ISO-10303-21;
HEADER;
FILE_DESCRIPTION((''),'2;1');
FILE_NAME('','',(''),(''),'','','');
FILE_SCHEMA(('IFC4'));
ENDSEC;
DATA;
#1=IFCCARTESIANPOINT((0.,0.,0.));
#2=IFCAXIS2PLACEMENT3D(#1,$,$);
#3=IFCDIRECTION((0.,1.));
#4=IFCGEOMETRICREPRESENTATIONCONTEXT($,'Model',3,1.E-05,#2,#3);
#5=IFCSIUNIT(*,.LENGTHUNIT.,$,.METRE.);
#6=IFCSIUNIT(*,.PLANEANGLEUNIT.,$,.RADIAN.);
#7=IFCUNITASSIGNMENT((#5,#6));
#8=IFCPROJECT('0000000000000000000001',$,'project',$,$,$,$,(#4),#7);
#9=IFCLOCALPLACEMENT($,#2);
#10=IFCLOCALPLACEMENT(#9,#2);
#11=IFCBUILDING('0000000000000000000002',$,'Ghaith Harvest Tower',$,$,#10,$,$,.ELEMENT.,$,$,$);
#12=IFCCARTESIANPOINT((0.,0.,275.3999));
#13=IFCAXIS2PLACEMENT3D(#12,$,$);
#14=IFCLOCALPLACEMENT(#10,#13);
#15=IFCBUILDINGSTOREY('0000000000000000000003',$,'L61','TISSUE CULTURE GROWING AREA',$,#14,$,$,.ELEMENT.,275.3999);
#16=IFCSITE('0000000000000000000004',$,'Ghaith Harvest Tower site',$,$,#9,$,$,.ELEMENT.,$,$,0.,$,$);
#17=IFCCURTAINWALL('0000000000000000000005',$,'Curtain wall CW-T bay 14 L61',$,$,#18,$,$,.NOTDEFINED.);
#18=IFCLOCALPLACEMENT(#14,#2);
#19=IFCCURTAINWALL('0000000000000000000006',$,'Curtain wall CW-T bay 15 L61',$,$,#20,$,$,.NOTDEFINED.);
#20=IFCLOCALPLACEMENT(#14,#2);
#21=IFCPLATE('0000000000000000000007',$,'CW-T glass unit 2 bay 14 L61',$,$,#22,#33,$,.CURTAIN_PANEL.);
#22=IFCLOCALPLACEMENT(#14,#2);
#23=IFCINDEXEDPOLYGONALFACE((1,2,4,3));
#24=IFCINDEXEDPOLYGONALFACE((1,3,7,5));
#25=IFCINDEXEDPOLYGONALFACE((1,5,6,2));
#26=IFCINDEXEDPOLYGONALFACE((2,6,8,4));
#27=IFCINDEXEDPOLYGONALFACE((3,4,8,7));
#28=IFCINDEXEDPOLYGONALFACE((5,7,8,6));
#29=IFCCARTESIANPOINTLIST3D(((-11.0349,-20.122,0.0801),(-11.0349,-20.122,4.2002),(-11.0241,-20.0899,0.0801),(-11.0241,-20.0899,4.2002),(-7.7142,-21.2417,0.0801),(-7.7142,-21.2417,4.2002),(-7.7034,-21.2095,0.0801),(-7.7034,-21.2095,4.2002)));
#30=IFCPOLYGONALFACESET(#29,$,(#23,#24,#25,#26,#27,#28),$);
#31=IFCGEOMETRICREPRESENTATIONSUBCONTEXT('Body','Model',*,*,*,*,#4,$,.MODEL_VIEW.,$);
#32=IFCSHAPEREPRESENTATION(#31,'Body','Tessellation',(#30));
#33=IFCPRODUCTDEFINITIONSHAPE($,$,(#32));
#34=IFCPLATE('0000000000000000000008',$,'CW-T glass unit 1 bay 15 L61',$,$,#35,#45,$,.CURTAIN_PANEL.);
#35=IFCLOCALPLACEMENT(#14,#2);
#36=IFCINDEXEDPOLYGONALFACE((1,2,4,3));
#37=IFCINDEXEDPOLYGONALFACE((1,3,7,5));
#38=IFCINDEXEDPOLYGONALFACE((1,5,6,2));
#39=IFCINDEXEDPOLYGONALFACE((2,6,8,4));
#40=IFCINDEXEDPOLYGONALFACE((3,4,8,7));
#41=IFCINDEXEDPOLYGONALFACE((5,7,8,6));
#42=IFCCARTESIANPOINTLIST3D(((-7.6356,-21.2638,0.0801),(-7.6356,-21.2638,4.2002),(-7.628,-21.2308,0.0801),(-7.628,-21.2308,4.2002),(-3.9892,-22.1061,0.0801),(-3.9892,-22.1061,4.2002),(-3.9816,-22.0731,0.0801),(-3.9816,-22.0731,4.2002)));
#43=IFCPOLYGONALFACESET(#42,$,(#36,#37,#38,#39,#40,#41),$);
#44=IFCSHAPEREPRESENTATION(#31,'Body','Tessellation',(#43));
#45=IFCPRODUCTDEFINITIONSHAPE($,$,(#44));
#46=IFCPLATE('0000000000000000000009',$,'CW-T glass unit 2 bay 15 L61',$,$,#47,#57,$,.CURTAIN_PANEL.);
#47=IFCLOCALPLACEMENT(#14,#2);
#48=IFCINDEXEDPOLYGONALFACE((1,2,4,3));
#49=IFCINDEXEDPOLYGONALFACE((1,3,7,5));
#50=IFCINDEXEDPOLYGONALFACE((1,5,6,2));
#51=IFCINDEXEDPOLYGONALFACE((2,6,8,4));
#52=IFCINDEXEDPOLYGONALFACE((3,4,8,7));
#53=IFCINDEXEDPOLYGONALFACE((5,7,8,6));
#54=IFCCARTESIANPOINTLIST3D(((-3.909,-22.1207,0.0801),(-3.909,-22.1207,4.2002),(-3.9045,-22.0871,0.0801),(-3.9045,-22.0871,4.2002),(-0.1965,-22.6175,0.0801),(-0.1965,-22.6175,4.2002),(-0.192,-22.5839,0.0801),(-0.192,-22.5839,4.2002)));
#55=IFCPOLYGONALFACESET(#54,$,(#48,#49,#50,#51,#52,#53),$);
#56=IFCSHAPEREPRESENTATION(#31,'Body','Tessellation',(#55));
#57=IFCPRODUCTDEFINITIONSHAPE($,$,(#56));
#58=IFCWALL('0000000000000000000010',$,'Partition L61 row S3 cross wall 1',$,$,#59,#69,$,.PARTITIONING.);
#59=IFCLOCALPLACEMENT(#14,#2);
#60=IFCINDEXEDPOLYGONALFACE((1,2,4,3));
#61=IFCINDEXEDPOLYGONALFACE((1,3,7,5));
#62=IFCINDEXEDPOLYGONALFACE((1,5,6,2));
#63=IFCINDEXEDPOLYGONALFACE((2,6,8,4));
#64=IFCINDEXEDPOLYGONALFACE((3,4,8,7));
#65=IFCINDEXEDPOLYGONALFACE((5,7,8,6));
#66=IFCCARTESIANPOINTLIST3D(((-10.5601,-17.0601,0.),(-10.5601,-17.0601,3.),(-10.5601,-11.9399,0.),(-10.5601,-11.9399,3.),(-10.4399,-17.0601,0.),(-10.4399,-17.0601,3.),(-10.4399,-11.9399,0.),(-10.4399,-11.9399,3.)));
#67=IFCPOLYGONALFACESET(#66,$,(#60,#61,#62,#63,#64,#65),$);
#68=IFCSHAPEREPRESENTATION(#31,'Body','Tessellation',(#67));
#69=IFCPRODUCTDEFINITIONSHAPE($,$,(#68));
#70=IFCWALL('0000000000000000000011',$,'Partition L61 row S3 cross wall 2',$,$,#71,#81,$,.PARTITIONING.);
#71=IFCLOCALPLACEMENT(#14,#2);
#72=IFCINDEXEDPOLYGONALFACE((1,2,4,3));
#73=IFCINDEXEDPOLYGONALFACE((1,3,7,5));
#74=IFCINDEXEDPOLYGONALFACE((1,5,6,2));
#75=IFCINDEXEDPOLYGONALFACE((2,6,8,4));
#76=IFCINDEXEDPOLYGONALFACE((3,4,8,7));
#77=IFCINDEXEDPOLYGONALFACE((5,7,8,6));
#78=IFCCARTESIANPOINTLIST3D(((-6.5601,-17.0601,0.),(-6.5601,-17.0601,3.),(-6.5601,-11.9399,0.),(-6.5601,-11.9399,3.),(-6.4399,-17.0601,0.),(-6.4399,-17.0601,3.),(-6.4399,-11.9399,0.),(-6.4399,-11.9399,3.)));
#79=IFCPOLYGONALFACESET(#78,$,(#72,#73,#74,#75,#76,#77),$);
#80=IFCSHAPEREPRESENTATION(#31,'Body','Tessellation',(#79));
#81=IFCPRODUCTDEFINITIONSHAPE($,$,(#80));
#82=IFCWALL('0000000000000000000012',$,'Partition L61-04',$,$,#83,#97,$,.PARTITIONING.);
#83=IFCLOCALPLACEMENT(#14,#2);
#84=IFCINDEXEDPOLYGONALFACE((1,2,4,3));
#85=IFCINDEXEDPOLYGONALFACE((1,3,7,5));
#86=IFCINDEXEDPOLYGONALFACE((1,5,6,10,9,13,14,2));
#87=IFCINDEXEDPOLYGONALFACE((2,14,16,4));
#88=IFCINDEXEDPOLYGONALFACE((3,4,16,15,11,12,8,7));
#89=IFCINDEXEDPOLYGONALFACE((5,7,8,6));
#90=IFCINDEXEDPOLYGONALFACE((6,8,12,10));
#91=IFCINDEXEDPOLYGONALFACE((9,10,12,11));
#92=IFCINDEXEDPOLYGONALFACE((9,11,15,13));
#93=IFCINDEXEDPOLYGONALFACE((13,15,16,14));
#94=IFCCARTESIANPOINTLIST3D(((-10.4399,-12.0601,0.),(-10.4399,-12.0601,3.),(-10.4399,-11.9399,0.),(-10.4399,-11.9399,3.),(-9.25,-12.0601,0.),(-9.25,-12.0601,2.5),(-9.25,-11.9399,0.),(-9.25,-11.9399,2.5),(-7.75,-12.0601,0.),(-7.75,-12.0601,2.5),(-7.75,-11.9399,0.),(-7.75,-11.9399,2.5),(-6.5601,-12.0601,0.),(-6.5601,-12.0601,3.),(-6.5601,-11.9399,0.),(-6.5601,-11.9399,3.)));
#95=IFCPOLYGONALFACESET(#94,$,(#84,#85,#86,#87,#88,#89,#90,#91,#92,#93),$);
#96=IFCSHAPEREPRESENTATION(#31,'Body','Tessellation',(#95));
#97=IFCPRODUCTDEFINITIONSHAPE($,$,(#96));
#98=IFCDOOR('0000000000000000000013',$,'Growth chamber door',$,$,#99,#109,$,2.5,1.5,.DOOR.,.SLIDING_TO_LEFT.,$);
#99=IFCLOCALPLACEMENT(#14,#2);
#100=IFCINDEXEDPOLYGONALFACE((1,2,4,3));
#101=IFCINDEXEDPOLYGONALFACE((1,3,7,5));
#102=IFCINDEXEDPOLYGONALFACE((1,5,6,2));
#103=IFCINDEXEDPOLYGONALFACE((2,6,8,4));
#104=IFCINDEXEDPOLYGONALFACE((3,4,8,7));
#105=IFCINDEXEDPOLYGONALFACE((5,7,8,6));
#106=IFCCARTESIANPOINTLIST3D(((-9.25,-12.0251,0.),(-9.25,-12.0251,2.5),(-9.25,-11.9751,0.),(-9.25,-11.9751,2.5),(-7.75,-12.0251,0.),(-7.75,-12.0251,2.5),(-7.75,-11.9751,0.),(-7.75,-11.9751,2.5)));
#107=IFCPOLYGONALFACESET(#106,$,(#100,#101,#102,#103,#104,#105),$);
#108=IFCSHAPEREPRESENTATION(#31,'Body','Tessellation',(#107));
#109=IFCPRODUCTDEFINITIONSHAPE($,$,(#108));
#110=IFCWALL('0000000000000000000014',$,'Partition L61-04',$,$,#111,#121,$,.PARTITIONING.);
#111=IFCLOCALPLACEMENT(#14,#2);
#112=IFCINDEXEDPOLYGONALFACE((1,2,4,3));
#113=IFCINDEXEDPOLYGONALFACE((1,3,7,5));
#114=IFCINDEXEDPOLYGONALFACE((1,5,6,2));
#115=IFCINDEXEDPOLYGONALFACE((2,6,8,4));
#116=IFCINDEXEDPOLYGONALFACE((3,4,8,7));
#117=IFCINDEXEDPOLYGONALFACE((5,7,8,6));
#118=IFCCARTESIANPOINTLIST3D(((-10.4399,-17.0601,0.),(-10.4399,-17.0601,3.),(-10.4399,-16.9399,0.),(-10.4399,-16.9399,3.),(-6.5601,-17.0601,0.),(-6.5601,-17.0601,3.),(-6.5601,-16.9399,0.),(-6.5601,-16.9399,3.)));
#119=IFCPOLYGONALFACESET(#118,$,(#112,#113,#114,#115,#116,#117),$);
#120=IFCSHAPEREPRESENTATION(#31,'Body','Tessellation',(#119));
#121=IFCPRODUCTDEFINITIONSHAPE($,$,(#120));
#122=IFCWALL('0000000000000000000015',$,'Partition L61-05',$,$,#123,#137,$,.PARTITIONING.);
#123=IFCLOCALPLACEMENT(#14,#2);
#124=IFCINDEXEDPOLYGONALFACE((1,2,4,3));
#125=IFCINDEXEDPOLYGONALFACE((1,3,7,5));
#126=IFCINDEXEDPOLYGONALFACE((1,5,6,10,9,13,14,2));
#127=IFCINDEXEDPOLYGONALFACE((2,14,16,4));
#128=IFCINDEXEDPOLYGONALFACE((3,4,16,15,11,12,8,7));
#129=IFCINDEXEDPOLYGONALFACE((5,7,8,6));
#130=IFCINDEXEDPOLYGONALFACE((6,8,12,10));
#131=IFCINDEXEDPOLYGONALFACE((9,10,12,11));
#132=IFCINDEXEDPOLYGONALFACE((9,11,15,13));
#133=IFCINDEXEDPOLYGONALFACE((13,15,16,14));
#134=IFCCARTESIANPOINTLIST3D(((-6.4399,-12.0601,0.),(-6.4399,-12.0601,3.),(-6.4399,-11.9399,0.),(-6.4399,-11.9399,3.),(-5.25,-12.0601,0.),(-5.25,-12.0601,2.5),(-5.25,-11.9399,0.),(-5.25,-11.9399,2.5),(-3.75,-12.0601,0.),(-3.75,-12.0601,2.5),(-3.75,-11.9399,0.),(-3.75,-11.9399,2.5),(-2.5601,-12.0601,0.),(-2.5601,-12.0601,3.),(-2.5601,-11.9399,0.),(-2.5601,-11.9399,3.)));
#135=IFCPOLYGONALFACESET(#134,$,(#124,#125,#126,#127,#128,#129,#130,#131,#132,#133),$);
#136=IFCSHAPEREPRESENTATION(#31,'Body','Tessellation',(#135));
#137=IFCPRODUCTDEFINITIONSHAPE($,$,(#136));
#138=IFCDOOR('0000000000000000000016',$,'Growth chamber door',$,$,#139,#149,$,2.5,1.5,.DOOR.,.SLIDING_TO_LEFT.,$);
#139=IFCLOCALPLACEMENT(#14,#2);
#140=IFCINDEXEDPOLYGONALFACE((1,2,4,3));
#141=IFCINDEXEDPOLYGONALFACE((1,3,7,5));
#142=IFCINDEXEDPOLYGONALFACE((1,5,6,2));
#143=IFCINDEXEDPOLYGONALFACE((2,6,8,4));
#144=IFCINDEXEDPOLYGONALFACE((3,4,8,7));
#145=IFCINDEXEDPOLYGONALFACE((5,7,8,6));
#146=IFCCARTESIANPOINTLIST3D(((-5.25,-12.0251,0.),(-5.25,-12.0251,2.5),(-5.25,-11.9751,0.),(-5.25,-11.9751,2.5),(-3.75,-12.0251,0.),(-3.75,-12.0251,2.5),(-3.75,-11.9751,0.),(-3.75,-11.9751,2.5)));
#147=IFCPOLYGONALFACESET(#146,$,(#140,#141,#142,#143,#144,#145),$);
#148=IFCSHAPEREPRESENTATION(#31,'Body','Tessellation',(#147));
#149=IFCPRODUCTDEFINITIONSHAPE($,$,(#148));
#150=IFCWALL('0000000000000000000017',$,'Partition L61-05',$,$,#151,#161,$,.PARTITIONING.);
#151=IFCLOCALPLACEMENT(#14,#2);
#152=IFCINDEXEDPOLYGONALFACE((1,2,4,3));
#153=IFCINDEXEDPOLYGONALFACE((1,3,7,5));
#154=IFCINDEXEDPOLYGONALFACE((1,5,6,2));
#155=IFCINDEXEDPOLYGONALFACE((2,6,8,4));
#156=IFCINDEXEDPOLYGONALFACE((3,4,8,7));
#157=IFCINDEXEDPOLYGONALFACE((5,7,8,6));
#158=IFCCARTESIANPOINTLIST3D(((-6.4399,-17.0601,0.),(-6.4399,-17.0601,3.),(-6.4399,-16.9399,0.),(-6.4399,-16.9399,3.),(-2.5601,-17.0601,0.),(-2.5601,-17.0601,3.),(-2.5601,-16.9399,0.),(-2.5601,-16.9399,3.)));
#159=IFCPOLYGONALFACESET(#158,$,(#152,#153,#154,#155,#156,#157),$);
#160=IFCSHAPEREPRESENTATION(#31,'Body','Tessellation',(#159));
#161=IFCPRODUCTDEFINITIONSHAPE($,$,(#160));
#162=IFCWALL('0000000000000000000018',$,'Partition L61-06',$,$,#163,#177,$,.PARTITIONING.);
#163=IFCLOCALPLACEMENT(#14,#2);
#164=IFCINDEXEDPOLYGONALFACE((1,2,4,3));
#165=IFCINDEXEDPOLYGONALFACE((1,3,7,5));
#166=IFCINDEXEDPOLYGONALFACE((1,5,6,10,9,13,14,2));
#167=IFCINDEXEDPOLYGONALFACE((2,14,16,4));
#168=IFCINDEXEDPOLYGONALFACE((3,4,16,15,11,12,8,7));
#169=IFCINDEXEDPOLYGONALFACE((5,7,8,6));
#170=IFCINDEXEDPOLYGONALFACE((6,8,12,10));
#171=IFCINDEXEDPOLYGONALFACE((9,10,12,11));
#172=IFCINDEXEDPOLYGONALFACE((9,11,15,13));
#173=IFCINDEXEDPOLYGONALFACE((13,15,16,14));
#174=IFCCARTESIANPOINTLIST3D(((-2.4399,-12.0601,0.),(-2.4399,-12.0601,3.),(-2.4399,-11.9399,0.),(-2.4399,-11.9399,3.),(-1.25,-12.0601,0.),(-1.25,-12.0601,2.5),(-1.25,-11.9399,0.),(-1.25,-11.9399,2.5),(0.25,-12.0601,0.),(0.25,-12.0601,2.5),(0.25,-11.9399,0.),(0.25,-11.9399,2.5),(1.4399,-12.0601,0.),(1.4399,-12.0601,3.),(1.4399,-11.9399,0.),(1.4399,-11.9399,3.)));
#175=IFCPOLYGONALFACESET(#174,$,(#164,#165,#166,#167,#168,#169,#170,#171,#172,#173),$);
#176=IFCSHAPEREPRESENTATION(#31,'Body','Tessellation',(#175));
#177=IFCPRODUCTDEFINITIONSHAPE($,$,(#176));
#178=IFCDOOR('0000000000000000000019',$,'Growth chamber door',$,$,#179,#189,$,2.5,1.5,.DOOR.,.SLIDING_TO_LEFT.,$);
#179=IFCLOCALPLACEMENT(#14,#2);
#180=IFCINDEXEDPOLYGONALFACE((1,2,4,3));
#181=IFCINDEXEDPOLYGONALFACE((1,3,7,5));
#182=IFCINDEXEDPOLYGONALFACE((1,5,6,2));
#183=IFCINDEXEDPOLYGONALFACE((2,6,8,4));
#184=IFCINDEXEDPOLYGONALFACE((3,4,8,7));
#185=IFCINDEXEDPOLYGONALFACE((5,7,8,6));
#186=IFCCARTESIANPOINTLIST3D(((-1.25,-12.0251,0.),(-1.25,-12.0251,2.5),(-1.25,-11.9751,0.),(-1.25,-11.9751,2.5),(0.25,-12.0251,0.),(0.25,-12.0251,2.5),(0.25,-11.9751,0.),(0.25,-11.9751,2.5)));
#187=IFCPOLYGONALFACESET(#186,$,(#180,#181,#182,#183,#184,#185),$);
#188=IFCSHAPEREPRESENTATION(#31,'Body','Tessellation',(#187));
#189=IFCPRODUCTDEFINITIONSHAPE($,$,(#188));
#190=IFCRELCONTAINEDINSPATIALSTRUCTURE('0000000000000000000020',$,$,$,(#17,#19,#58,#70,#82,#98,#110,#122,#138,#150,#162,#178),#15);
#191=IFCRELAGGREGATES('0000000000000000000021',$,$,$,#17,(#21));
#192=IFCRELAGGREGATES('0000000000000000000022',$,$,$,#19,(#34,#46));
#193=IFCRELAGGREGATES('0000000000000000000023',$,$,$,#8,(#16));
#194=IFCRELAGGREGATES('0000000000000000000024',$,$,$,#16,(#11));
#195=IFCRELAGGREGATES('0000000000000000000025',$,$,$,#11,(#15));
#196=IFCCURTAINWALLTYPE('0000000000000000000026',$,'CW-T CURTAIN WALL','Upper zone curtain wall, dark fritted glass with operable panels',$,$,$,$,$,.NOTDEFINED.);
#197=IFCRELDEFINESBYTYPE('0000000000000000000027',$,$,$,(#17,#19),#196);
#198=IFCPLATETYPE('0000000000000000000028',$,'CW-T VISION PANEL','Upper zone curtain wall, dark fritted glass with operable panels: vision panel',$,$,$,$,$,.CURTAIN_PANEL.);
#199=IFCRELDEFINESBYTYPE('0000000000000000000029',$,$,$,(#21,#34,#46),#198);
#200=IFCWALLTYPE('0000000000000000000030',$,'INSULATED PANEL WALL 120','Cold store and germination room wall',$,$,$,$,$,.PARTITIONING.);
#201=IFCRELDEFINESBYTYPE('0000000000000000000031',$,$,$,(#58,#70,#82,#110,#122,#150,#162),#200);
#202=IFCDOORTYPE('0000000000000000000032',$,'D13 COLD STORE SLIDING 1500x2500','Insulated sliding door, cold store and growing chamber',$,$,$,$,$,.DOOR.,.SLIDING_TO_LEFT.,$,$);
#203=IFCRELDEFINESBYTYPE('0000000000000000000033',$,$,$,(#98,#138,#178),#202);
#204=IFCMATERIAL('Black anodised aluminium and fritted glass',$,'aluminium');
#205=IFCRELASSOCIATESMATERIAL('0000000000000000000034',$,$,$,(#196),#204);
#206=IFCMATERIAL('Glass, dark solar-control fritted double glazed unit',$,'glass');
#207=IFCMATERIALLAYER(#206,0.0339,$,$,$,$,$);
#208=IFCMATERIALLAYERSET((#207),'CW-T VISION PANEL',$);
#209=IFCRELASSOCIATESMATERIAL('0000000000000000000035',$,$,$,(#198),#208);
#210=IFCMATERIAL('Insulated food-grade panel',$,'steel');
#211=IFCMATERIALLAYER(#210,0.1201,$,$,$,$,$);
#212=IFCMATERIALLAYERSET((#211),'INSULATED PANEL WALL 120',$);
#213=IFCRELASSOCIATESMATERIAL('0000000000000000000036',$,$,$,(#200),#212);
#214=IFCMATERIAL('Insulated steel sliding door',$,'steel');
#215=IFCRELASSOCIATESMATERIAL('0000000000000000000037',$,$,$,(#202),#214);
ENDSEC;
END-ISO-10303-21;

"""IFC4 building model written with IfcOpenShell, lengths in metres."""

from ifc_helpers import new_model, si_unit, direction, frame, frame_2d, origin, origin_2d, place, context, subcontext, project, spatial, rectangle, extrude, material, layer, layer_set, type_object, element, fill, aggregate, save


model = new_model("IFC4")

# Units and contexts
model_context = context("Model", 3, precision=1e-05, world=origin(), true_north=direction((0.0, 1.0)))
body_context = subcontext(model_context, "Body", "Model", "MODEL_VIEW")
ifc_project = project(units=[si_unit("LENGTHUNIT", "METRE"), si_unit("PLANEANGLEUNIT", "RADIAN")], contexts=[model_context])

# Site, building, storey
site_placement = place(None, origin())
site = spatial("IfcSite", under=ifc_project, at=site_placement, Name="Ghaith Harvest Tower site", CompositionType="ELEMENT", RefElevation=0.0)
building_placement = place(site_placement, origin())
building = spatial("IfcBuilding", under=site, at=building_placement, Name="Ghaith Harvest Tower", CompositionType="ELEMENT")
storey_placement = place(building_placement, frame((0.0, 0.0, 275.3999)))
storey = spatial("IfcBuildingStorey", under=building, at=storey_placement, Name="L61", Description="TISSUE CULTURE GROWING AREA", CompositionType="ELEMENT", Elevation=275.3999)

# Curtain wall
ifc_material_1 = material(Name="Black anodised aluminium and fritted glass", Category="aluminium")
curtain_wall_type = type_object("IfcCurtainWallType", Name="CW-T CURTAIN WALL", Description="Upper zone curtain wall, dark fritted glass with operable panels", PredefinedType="NOTDEFINED", material=ifc_material_1)
curtain_wall_1_placement = place(storey_placement, origin())
curtain_wall_1 = element("IfcCurtainWall", 1, at=curtain_wall_1_placement, inside=storey, type_object=curtain_wall_type, Name="Curtain wall CW-T bay 14 L61", PredefinedType="NOTDEFINED")

# Curtain wall
curtain_wall_2_placement = place(storey_placement, origin())
curtain_wall_2 = element("IfcCurtainWall", 2, at=curtain_wall_2_placement, inside=storey, type_object=curtain_wall_type, Name="Curtain wall CW-T bay 15 L61", PredefinedType="NOTDEFINED")

# Plates
ifc_material_2 = material(Name="Glass, dark solar-control fritted double glazed unit", Category="glass")
ifc_layer_1 = layer(ifc_material_2, 0.0339)
ifc_layer_set_1 = layer_set([ifc_layer_1], Name="CW-T VISION PANEL")
plate_type = type_object("IfcPlateType", Name="CW-T VISION PANEL", Description="Upper zone curtain wall, dark fritted glass with operable panels: vision panel", PredefinedType="CURTAIN_PANEL", material=ifc_layer_set_1)
plate_1_placement = place(storey_placement, frame((-9.3691, -20.6658, 0.0801), z_axis=(0.0, 0.0, 1.0), x_axis=(0.947586, -0.3195, 0.0)))
plate_1 = element("IfcPlate", 3, at=plate_1_placement, type_object=plate_type, Name="CW-T glass unit 2 bay 14 L61", PredefinedType="CURTAIN_PANEL", context=body_context, shape_type="SweptSolid", body=[
    extrude(rectangle(XDim=3.5044, YDim=0.0339, at=origin_2d()), origin(), (0.0, 0.0, 1.0), 4.1201),
])
aggregate(curtain_wall_1, [plate_1])
plate_2_placement = place(storey_placement, frame((-5.8086, -21.6685, 0.0801), z_axis=(0.0, 0.0, 1.0), x_axis=(0.974342, -0.225072, 0.0)))
plate_2 = element("IfcPlate", 4, at=plate_2_placement, type_object=plate_type, Name="CW-T glass unit 1 bay 15 L61", PredefinedType="CURTAIN_PANEL", context=body_context, shape_type="SweptSolid", body=[
    extrude(rectangle(XDim=3.7424, YDim=0.0339, at=origin_2d()), origin(), (0.0, 0.0, 1.0), 4.1201),
])
plate_3_placement = place(storey_placement, frame((-2.0505, -22.3523, 0.0801), z_axis=(0.0, 0.0, 1.0), x_axis=(0.991165, -0.132633, 0.0)))
plate_3 = element("IfcPlate", 5, at=plate_3_placement, type_object=plate_type, Name="CW-T glass unit 2 bay 15 L61", PredefinedType="CURTAIN_PANEL", context=body_context, shape_type="SweptSolid", body=[
    extrude(rectangle(XDim=3.7456, YDim=0.0339, at=origin_2d()), origin(), (0.0, 0.0, 1.0), 4.1201),
])
aggregate(curtain_wall_2, [plate_2, plate_3])

# Walls
ifc_material_3 = material(Name="Insulated food-grade panel", Category="steel")
ifc_layer_2 = layer(ifc_material_3, 0.1201)
ifc_layer_set_2 = layer_set([ifc_layer_2], Name="INSULATED PANEL WALL 120")
wall_type = type_object("IfcWallType", Name="INSULATED PANEL WALL 120", Description="Cold store and germination room wall", PredefinedType="PARTITIONING", material=ifc_layer_set_2)
for number, where, z_axis, x_axis, name in (
    (6, (-10.5, -11.9399, 0.0), (0.0, 0.0, 1.0), (0.0, -1.0, 0.0), "Partition L61 row S3 cross wall 1"),
    (7, (-6.5, -11.9399, 0.0), (0.0, 0.0, 1.0), (0.0, -1.0, 0.0), "Partition L61 row S3 cross wall 2"),
):
    element("IfcWall", number, at=place(storey_placement, frame(where, z_axis=z_axis, x_axis=x_axis)), inside=storey, type_object=wall_type, Name=name, PredefinedType="PARTITIONING", context=body_context, shape_type="SweptSolid", body=[
        extrude(rectangle(XDim=5.1201, YDim=0.1201, at=frame_2d((2.5601, 0.0))), origin(), (0.0, 0.0, 1.0), 3.0),
    ])

# Wall, opening, door
wall_1_placement = place(storey_placement, frame((-10.4399, -12.0, 0.0), z_axis=(0.0, 0.0, 1.0), x_axis=(1.0, 0.0, 0.0)))
wall_1 = element("IfcWall", 8, at=wall_1_placement, inside=storey, type_object=wall_type, Name="Partition L61-04", PredefinedType="PARTITIONING", context=body_context, shape_type="SweptSolid", body=[
    extrude(rectangle(XDim=3.8799, YDim=0.1201, at=frame_2d((1.9399, 0.0))), origin(), (0.0, 0.0, 1.0), 3.0),
])
opening_1_placement = place(wall_1_placement, frame((1.1899, 0.0, 0.0)))
opening_1 = element("IfcOpeningElement", 9, at=opening_1_placement, cuts=wall_1, PredefinedType="OPENING", context=body_context, shape_type="SweptSolid", body=[
    extrude(rectangle(XDim=1.5, YDim=2.5, at=frame_2d((0.75, 1.25))), frame((0.0, 0.0701, 0.0), z_axis=(0.0, -1.0, 0.0), x_axis=(1.0, 0.0, 0.0)), (0.0, 0.0, 1.0), 0.1401),
])
ifc_material_4 = material(Name="Insulated steel sliding door", Category="steel")
door_type = type_object("IfcDoorType", Name="D13 COLD STORE SLIDING 1500x2500", Description="Insulated sliding door, cold store and growing chamber", OperationType="SLIDING_TO_LEFT", PredefinedType="DOOR", material=ifc_material_4)
door_1_placement = place(opening_1_placement, origin())
door_1 = element("IfcDoor", 10, at=door_1_placement, inside=storey, type_object=door_type, Name="Growth chamber door", OperationType="SLIDING_TO_LEFT", OverallHeight=2.5, OverallWidth=1.5, PredefinedType="DOOR", context=body_context, shape_type="SweptSolid", body=[
    extrude(rectangle(XDim=1.5, YDim=2.5, at=frame_2d((0.75, 1.25))), frame((0.0, 0.0249, 0.0), z_axis=(0.0, -1.0, 0.0), x_axis=(1.0, 0.0, 0.0)), (0.0, 0.0, 1.0), 0.05),
])
fill(opening_1, door_1)

# Wall
wall_2_placement = place(storey_placement, frame((-10.4399, -17.0, 0.0), z_axis=(0.0, 0.0, 1.0), x_axis=(1.0, 0.0, 0.0)))
element("IfcWall", 11, at=wall_2_placement, inside=storey, type_object=wall_type, Name="Partition L61-04", PredefinedType="PARTITIONING", context=body_context, shape_type="SweptSolid", body=[
    extrude(rectangle(XDim=3.8799, YDim=0.1201, at=frame_2d((1.9399, 0.0))), origin(), (0.0, 0.0, 1.0), 3.0),
])

# Wall, opening, door
wall_3_placement = place(storey_placement, frame((-6.4399, -12.0, 0.0), z_axis=(0.0, 0.0, 1.0), x_axis=(1.0, 0.0, 0.0)))
wall_3 = element("IfcWall", 12, at=wall_3_placement, inside=storey, type_object=wall_type, Name="Partition L61-05", PredefinedType="PARTITIONING", context=body_context, shape_type="SweptSolid", body=[
    extrude(rectangle(XDim=3.8799, YDim=0.1201, at=frame_2d((1.9399, 0.0))), origin(), (0.0, 0.0, 1.0), 3.0),
])
opening_2_placement = place(wall_3_placement, frame((1.1899, 0.0, 0.0)))
opening_2 = element("IfcOpeningElement", 13, at=opening_2_placement, cuts=wall_3, PredefinedType="OPENING", context=body_context, shape_type="SweptSolid", body=[
    extrude(rectangle(XDim=1.5, YDim=2.5, at=frame_2d((0.75, 1.25))), frame((0.0, 0.0701, 0.0), z_axis=(0.0, -1.0, 0.0), x_axis=(1.0, 0.0, 0.0)), (0.0, 0.0, 1.0), 0.1401),
])
door_2_placement = place(opening_2_placement, origin())
door_2 = element("IfcDoor", 14, at=door_2_placement, inside=storey, type_object=door_type, Name="Growth chamber door", OperationType="SLIDING_TO_LEFT", OverallHeight=2.5, OverallWidth=1.5, PredefinedType="DOOR", context=body_context, shape_type="SweptSolid", body=[
    extrude(rectangle(XDim=1.5, YDim=2.5, at=frame_2d((0.75, 1.25))), frame((0.0, 0.0249, 0.0), z_axis=(0.0, -1.0, 0.0), x_axis=(1.0, 0.0, 0.0)), (0.0, 0.0, 1.0), 0.05),
])
fill(opening_2, door_2)

# Wall
wall_4_placement = place(storey_placement, frame((-6.4399, -17.0, 0.0), z_axis=(0.0, 0.0, 1.0), x_axis=(1.0, 0.0, 0.0)))
element("IfcWall", 15, at=wall_4_placement, inside=storey, type_object=wall_type, Name="Partition L61-05", PredefinedType="PARTITIONING", context=body_context, shape_type="SweptSolid", body=[
    extrude(rectangle(XDim=3.8799, YDim=0.1201, at=frame_2d((1.9399, 0.0))), origin(), (0.0, 0.0, 1.0), 3.0),
])

# Wall, opening, door
wall_5_placement = place(storey_placement, frame((-2.4399, -12.0, 0.0), z_axis=(0.0, 0.0, 1.0), x_axis=(1.0, 0.0, 0.0)))
wall_5 = element("IfcWall", 16, at=wall_5_placement, inside=storey, type_object=wall_type, Name="Partition L61-06", PredefinedType="PARTITIONING", context=body_context, shape_type="SweptSolid", body=[
    extrude(rectangle(XDim=3.8799, YDim=0.1201, at=frame_2d((1.9399, 0.0))), origin(), (0.0, 0.0, 1.0), 3.0),
])
opening_3_placement = place(wall_5_placement, frame((1.1899, 0.0, 0.0)))
opening_3 = element("IfcOpeningElement", 17, at=opening_3_placement, cuts=wall_5, PredefinedType="OPENING", context=body_context, shape_type="SweptSolid", body=[
    extrude(rectangle(XDim=1.5, YDim=2.5, at=frame_2d((0.75, 1.25))), frame((0.0, 0.0701, 0.0), z_axis=(0.0, -1.0, 0.0), x_axis=(1.0, 0.0, 0.0)), (0.0, 0.0, 1.0), 0.1401),
])
door_3_placement = place(opening_3_placement, origin())
door_3 = element("IfcDoor", 18, at=door_3_placement, inside=storey, type_object=door_type, Name="Growth chamber door", OperationType="SLIDING_TO_LEFT", OverallHeight=2.5, OverallWidth=1.5, PredefinedType="DOOR", context=body_context, shape_type="SweptSolid", body=[
    extrude(rectangle(XDim=1.5, YDim=2.5, at=frame_2d((0.75, 1.25))), frame((0.0, 0.0249, 0.0), z_axis=(0.0, -1.0, 0.0), x_axis=(1.0, 0.0, 0.0)), (0.0, 0.0, 1.0), 0.05),
])
fill(opening_3, door_3)

save(model, "model.ifc")
